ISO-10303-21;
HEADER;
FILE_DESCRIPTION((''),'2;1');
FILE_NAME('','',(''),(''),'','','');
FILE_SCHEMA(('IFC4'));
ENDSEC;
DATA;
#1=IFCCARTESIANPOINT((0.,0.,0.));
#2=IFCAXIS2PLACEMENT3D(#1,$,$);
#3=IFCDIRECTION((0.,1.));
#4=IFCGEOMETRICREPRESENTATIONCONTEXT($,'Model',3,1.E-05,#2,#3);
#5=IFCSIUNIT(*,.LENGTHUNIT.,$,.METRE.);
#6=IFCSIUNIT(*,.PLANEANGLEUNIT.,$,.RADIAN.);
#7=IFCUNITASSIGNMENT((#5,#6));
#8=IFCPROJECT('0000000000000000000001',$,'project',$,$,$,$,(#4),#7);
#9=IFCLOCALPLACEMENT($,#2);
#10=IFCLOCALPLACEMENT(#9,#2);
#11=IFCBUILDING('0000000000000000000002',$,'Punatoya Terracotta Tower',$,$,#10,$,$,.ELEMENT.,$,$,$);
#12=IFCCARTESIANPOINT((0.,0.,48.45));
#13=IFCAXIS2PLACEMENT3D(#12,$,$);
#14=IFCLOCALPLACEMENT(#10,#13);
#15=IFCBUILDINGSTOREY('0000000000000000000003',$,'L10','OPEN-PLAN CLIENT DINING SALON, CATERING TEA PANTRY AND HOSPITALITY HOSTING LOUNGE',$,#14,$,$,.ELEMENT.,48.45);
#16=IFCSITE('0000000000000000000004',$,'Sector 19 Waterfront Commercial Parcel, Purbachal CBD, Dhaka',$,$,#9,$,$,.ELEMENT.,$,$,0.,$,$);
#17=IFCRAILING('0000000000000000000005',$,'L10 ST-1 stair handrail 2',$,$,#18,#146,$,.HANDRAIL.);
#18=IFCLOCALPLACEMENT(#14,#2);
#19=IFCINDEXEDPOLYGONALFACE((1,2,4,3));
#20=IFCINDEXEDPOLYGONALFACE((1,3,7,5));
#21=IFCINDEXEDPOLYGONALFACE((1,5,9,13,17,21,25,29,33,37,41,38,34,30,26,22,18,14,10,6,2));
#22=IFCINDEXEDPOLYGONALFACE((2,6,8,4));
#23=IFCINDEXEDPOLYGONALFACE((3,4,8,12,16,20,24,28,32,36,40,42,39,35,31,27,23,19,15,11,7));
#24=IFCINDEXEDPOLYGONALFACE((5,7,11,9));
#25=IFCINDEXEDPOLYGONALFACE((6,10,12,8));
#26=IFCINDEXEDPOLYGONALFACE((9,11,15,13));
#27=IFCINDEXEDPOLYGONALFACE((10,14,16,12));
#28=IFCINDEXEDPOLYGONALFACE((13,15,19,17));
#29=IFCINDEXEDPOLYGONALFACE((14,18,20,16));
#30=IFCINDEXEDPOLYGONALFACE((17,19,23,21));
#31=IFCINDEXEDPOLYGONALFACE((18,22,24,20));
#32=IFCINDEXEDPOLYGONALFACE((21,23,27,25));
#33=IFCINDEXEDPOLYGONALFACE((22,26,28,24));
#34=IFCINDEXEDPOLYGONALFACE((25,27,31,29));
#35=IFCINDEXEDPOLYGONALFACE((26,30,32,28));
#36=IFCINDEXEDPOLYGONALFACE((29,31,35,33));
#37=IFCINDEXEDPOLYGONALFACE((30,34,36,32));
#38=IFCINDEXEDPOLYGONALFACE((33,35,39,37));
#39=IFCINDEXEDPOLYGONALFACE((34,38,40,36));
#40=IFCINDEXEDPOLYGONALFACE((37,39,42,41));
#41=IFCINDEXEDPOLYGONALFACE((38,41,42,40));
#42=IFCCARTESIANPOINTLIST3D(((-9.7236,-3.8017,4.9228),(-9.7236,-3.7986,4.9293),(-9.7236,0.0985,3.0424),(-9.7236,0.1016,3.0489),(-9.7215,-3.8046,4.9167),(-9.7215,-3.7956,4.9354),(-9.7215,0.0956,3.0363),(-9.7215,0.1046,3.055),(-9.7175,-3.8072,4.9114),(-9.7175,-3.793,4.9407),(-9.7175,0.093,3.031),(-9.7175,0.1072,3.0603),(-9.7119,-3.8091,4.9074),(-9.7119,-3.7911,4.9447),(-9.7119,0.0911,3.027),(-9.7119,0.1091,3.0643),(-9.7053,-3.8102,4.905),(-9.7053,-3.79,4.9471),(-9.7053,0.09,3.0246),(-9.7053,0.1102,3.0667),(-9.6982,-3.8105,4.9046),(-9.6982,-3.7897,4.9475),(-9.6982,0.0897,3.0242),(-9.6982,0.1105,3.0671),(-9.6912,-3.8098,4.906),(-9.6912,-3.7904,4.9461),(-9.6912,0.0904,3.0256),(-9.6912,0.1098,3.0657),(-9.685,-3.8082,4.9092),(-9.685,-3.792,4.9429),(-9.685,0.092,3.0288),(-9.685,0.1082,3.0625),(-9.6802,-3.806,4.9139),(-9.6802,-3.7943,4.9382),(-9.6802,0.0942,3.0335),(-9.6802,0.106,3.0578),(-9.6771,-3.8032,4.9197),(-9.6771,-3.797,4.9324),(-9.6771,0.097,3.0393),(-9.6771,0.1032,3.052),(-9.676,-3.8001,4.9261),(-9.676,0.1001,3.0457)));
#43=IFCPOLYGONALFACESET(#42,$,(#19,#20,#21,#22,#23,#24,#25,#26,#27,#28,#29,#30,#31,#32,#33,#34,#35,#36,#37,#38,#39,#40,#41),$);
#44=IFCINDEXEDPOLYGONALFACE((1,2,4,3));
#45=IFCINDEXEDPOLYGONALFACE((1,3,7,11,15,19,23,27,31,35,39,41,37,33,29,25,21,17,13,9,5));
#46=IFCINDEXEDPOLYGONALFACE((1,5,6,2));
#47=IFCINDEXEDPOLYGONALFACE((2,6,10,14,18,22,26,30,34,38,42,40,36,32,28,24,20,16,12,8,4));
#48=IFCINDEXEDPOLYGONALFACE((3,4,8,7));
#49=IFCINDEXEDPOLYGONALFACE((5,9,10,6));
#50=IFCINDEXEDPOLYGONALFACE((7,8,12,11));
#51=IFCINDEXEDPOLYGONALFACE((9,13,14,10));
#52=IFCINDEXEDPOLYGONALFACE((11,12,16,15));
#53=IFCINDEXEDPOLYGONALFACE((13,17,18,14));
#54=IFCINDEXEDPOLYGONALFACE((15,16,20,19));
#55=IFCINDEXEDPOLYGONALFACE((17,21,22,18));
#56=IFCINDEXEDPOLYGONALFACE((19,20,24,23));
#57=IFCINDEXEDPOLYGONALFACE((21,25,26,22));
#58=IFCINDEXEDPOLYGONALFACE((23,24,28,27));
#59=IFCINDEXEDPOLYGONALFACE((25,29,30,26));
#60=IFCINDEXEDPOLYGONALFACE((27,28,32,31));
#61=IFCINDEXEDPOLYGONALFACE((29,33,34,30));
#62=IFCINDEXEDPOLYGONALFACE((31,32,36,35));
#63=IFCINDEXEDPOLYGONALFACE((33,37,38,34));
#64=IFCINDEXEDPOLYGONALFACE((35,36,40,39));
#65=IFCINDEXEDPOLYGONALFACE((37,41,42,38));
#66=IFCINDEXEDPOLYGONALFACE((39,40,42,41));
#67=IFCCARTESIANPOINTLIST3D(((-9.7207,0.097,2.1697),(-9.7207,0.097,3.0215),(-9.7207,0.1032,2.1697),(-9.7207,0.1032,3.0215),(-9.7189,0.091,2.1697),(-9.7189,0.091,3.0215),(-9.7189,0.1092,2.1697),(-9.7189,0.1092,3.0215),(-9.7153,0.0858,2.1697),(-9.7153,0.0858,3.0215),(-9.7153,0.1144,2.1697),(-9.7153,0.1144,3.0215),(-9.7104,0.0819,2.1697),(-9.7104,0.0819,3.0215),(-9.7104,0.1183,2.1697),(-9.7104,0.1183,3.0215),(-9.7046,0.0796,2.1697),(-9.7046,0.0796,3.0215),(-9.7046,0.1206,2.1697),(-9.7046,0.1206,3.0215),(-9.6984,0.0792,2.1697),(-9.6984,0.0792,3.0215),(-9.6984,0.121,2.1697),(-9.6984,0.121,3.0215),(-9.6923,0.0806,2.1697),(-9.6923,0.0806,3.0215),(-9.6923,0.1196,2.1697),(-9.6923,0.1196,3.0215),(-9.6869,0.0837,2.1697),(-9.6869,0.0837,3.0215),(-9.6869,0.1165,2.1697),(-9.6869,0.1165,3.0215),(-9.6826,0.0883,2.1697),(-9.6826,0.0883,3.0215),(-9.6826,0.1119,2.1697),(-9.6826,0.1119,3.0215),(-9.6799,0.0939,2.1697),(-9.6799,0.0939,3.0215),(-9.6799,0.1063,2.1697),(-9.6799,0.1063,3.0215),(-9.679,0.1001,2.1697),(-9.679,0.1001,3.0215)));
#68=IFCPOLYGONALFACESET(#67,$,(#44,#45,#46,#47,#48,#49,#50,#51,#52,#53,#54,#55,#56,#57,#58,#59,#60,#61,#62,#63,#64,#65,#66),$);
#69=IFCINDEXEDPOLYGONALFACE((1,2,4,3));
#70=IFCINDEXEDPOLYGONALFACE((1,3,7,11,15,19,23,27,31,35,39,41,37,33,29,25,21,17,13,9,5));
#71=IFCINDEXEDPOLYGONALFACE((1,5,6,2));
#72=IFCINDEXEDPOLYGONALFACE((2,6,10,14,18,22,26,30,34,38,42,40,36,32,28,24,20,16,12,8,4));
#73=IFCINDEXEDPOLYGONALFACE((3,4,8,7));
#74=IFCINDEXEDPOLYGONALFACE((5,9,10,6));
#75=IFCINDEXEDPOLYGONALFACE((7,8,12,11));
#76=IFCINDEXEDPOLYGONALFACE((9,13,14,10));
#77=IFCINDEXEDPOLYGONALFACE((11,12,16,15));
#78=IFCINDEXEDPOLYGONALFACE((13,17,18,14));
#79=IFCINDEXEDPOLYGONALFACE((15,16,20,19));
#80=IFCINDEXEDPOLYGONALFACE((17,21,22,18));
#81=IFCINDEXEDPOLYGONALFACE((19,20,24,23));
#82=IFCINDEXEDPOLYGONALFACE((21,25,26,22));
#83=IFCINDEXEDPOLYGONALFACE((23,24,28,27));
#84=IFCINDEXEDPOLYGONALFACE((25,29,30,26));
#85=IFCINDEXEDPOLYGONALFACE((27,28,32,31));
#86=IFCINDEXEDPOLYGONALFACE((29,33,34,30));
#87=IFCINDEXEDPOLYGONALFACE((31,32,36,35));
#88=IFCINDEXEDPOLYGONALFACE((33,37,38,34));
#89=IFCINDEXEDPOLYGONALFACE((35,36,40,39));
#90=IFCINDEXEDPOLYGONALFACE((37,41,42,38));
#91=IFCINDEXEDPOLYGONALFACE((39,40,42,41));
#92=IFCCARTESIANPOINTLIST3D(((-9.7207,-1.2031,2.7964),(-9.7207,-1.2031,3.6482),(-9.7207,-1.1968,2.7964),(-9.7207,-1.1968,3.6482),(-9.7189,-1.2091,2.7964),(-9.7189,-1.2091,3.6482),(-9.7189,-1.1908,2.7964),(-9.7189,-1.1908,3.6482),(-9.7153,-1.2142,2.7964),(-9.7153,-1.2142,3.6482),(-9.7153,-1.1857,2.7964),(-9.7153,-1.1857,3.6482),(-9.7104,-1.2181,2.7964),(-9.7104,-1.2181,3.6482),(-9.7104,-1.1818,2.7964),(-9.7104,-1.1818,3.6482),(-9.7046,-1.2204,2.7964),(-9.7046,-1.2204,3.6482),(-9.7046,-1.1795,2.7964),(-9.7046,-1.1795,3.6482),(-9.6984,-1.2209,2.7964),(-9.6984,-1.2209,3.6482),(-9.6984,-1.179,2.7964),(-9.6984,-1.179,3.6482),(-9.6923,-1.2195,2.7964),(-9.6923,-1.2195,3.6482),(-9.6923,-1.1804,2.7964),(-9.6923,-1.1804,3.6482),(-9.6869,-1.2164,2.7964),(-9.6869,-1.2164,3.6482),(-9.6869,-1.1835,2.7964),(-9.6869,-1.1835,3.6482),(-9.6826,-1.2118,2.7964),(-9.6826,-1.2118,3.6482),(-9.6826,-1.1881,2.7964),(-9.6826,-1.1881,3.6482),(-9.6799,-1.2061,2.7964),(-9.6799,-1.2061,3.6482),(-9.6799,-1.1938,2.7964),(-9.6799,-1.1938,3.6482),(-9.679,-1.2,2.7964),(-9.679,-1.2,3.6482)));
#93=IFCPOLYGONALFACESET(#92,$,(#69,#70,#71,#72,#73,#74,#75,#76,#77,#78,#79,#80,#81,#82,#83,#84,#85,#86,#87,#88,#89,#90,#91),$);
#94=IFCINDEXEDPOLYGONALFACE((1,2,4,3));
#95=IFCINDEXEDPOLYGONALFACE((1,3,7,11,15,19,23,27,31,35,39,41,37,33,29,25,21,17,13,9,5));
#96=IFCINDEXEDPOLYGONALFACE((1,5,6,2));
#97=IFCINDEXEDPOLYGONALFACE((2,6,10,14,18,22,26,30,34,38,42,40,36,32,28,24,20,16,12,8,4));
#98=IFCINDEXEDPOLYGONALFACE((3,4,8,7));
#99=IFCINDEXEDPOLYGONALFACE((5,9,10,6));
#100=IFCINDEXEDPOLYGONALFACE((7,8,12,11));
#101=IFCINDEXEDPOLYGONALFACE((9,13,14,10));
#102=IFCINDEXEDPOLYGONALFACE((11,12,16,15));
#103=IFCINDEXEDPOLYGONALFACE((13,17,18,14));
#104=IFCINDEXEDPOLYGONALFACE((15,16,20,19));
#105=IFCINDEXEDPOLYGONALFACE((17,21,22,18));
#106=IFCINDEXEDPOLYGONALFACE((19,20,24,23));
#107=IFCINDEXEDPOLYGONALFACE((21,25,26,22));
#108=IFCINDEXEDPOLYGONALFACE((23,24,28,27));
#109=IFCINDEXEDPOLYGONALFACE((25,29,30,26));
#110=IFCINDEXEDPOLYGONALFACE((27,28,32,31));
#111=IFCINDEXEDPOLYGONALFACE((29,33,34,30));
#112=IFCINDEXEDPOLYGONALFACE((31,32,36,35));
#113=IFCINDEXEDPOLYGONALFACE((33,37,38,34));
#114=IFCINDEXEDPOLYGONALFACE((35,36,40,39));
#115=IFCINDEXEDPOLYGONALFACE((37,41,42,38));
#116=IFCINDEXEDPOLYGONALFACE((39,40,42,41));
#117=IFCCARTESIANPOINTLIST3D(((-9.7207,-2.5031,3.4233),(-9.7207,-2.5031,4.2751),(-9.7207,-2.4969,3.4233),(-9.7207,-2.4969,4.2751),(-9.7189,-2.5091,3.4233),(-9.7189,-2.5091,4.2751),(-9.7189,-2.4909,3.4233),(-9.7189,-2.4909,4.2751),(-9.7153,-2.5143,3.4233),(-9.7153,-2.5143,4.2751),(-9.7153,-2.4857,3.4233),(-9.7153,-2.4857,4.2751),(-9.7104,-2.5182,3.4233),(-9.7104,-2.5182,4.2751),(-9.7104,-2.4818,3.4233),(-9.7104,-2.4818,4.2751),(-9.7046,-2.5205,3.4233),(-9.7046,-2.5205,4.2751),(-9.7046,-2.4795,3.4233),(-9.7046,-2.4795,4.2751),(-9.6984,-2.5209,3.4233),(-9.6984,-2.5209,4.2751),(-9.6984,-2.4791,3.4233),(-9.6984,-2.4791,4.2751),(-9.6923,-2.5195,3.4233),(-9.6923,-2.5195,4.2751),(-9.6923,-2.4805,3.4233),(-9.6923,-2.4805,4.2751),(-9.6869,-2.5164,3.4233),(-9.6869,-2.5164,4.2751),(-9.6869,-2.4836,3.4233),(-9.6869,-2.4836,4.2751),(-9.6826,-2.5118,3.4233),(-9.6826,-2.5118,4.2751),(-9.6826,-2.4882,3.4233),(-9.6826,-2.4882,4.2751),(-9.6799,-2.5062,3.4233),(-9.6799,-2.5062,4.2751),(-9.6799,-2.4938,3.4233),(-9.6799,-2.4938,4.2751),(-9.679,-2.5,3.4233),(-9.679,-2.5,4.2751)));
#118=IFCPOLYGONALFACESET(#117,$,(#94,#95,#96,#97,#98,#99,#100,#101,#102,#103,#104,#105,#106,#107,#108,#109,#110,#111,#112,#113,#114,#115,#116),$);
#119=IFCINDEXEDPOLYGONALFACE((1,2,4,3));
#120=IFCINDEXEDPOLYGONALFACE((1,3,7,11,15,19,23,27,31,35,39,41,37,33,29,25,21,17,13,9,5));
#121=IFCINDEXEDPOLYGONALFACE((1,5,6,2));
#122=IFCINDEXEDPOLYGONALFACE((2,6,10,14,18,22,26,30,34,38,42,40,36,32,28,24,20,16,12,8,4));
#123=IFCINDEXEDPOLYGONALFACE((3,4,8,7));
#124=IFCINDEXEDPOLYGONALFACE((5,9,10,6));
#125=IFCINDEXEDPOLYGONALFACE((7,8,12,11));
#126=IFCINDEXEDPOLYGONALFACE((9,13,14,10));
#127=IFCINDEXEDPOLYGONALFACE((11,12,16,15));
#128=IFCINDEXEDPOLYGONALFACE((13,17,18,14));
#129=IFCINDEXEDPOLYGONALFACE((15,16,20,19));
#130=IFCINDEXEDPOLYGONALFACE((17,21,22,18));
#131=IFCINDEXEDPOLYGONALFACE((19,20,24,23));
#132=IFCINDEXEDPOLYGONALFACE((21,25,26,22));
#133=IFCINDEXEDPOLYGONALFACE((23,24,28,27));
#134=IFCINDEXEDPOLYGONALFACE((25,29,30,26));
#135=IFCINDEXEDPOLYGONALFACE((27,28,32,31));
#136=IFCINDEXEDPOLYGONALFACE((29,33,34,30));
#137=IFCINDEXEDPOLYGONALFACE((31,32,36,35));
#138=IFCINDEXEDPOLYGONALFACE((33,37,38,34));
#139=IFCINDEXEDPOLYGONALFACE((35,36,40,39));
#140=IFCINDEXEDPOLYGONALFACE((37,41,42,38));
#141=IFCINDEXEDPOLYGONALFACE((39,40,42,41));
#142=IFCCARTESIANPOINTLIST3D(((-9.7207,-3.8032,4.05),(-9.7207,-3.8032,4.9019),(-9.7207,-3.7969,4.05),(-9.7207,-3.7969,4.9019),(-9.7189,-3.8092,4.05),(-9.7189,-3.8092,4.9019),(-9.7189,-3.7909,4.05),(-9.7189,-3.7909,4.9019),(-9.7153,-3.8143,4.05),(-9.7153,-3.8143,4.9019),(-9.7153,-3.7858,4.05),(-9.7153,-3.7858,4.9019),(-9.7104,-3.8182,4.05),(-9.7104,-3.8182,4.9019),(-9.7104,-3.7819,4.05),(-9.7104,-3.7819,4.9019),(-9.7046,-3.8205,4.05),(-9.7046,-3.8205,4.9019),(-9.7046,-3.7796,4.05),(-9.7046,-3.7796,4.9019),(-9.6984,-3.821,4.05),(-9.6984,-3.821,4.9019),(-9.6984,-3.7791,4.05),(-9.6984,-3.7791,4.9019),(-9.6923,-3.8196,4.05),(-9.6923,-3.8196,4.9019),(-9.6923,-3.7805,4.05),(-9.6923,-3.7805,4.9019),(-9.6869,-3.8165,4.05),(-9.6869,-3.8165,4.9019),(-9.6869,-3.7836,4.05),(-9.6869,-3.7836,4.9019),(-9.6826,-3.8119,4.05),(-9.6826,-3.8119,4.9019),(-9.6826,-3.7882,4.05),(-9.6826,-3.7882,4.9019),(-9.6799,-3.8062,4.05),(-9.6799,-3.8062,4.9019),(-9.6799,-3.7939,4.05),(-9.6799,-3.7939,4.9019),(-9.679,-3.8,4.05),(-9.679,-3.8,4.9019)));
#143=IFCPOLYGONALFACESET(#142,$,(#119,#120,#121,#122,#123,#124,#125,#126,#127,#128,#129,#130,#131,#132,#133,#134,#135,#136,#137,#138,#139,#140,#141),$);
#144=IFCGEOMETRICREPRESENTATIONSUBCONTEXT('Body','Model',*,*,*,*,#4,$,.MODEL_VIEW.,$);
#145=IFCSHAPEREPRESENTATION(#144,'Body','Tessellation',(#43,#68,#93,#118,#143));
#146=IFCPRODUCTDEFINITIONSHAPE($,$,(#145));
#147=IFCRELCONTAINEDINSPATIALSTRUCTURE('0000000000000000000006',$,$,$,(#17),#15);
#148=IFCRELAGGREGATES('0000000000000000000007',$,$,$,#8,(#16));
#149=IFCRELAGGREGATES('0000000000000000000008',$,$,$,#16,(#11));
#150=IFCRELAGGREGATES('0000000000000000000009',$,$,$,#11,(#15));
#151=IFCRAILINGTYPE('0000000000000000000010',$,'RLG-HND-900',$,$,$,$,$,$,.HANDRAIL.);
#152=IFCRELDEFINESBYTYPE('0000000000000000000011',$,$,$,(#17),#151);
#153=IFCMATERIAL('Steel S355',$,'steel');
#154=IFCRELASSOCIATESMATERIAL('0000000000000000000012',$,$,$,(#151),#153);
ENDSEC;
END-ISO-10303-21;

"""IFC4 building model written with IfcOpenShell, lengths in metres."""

from ifc_helpers import new_model, si_unit, direction, frame, origin, origin_2d, place, context, subcontext, project, spatial, circle, extrude, material, type_object, element, save


model = new_model("IFC4")

# Units and contexts
model_context = context("Model", 3, precision=1e-05, world=origin(), true_north=direction((0.0, 1.0)))
body_context = subcontext(model_context, "Body", "Model", "MODEL_VIEW")
ifc_project = project(units=[si_unit("LENGTHUNIT", "METRE"), si_unit("PLANEANGLEUNIT", "RADIAN")], contexts=[model_context])

# Site, building, storey
site_placement = place(None, origin())
site = spatial("IfcSite", under=ifc_project, at=site_placement, Name="Sector 19 Waterfront Commercial Parcel, Purbachal CBD, Dhaka", CompositionType="ELEMENT", RefElevation=0.0)
building_placement = place(site_placement, origin())
building = spatial("IfcBuilding", under=site, at=building_placement, Name="Punatoya Terracotta Tower", CompositionType="ELEMENT")
storey_placement = place(building_placement, frame((0.0, 0.0, 48.45)))
storey = spatial("IfcBuildingStorey", under=building, at=storey_placement, Name="L10", Description="OPEN-PLAN CLIENT DINING SALON, CATERING TEA PANTRY AND HOSPITALITY HOSTING LOUNGE", CompositionType="ELEMENT", Elevation=48.45)

# Shared definitions
ifc_material_1 = material(Name="Steel S355", Category="steel")

# Railing
railing_type_1 = type_object("IfcRailingType", Name="RLG-HND-900", PredefinedType="HANDRAIL", material=ifc_material_1)
railing_1_placement = place(storey_placement, frame((-9.7, 0.1001, 2.1697)))
element("IfcRailing", 1, at=railing_1_placement, inside=storey, type_object=railing_type_1, Name="L10 ST-1 stair handrail 2", PredefinedType="HANDRAIL", context=body_context, shape_type="SweptSolid", body=[
    extrude(circle(Radius=0.0239, at=origin_2d()), frame((0.0, 0.0, 0.876), z_axis=(0.0, -0.900774, 0.434289), x_axis=(1.0, 0.0, 0.0)), (0.0, 0.0, 1.0), 4.3298),
    extrude(circle(Radius=0.021, at=origin_2d()), origin(), (0.0, 0.0, 1.0), 0.8518),
    extrude(circle(Radius=0.021, at=origin_2d()), frame((0.0, -1.3, 0.6267)), (0.0, 0.0, 1.0), 0.8518),
    extrude(circle(Radius=0.021, at=origin_2d()), frame((0.0, -2.6001, 1.2537)), (0.0, 0.0, 1.0), 0.8518),
    extrude(circle(Radius=0.021, at=origin_2d()), frame((0.0, -3.9001, 1.8804)), (0.0, 0.0, 1.0), 0.8518),
])

save(model, "model.ifc")
